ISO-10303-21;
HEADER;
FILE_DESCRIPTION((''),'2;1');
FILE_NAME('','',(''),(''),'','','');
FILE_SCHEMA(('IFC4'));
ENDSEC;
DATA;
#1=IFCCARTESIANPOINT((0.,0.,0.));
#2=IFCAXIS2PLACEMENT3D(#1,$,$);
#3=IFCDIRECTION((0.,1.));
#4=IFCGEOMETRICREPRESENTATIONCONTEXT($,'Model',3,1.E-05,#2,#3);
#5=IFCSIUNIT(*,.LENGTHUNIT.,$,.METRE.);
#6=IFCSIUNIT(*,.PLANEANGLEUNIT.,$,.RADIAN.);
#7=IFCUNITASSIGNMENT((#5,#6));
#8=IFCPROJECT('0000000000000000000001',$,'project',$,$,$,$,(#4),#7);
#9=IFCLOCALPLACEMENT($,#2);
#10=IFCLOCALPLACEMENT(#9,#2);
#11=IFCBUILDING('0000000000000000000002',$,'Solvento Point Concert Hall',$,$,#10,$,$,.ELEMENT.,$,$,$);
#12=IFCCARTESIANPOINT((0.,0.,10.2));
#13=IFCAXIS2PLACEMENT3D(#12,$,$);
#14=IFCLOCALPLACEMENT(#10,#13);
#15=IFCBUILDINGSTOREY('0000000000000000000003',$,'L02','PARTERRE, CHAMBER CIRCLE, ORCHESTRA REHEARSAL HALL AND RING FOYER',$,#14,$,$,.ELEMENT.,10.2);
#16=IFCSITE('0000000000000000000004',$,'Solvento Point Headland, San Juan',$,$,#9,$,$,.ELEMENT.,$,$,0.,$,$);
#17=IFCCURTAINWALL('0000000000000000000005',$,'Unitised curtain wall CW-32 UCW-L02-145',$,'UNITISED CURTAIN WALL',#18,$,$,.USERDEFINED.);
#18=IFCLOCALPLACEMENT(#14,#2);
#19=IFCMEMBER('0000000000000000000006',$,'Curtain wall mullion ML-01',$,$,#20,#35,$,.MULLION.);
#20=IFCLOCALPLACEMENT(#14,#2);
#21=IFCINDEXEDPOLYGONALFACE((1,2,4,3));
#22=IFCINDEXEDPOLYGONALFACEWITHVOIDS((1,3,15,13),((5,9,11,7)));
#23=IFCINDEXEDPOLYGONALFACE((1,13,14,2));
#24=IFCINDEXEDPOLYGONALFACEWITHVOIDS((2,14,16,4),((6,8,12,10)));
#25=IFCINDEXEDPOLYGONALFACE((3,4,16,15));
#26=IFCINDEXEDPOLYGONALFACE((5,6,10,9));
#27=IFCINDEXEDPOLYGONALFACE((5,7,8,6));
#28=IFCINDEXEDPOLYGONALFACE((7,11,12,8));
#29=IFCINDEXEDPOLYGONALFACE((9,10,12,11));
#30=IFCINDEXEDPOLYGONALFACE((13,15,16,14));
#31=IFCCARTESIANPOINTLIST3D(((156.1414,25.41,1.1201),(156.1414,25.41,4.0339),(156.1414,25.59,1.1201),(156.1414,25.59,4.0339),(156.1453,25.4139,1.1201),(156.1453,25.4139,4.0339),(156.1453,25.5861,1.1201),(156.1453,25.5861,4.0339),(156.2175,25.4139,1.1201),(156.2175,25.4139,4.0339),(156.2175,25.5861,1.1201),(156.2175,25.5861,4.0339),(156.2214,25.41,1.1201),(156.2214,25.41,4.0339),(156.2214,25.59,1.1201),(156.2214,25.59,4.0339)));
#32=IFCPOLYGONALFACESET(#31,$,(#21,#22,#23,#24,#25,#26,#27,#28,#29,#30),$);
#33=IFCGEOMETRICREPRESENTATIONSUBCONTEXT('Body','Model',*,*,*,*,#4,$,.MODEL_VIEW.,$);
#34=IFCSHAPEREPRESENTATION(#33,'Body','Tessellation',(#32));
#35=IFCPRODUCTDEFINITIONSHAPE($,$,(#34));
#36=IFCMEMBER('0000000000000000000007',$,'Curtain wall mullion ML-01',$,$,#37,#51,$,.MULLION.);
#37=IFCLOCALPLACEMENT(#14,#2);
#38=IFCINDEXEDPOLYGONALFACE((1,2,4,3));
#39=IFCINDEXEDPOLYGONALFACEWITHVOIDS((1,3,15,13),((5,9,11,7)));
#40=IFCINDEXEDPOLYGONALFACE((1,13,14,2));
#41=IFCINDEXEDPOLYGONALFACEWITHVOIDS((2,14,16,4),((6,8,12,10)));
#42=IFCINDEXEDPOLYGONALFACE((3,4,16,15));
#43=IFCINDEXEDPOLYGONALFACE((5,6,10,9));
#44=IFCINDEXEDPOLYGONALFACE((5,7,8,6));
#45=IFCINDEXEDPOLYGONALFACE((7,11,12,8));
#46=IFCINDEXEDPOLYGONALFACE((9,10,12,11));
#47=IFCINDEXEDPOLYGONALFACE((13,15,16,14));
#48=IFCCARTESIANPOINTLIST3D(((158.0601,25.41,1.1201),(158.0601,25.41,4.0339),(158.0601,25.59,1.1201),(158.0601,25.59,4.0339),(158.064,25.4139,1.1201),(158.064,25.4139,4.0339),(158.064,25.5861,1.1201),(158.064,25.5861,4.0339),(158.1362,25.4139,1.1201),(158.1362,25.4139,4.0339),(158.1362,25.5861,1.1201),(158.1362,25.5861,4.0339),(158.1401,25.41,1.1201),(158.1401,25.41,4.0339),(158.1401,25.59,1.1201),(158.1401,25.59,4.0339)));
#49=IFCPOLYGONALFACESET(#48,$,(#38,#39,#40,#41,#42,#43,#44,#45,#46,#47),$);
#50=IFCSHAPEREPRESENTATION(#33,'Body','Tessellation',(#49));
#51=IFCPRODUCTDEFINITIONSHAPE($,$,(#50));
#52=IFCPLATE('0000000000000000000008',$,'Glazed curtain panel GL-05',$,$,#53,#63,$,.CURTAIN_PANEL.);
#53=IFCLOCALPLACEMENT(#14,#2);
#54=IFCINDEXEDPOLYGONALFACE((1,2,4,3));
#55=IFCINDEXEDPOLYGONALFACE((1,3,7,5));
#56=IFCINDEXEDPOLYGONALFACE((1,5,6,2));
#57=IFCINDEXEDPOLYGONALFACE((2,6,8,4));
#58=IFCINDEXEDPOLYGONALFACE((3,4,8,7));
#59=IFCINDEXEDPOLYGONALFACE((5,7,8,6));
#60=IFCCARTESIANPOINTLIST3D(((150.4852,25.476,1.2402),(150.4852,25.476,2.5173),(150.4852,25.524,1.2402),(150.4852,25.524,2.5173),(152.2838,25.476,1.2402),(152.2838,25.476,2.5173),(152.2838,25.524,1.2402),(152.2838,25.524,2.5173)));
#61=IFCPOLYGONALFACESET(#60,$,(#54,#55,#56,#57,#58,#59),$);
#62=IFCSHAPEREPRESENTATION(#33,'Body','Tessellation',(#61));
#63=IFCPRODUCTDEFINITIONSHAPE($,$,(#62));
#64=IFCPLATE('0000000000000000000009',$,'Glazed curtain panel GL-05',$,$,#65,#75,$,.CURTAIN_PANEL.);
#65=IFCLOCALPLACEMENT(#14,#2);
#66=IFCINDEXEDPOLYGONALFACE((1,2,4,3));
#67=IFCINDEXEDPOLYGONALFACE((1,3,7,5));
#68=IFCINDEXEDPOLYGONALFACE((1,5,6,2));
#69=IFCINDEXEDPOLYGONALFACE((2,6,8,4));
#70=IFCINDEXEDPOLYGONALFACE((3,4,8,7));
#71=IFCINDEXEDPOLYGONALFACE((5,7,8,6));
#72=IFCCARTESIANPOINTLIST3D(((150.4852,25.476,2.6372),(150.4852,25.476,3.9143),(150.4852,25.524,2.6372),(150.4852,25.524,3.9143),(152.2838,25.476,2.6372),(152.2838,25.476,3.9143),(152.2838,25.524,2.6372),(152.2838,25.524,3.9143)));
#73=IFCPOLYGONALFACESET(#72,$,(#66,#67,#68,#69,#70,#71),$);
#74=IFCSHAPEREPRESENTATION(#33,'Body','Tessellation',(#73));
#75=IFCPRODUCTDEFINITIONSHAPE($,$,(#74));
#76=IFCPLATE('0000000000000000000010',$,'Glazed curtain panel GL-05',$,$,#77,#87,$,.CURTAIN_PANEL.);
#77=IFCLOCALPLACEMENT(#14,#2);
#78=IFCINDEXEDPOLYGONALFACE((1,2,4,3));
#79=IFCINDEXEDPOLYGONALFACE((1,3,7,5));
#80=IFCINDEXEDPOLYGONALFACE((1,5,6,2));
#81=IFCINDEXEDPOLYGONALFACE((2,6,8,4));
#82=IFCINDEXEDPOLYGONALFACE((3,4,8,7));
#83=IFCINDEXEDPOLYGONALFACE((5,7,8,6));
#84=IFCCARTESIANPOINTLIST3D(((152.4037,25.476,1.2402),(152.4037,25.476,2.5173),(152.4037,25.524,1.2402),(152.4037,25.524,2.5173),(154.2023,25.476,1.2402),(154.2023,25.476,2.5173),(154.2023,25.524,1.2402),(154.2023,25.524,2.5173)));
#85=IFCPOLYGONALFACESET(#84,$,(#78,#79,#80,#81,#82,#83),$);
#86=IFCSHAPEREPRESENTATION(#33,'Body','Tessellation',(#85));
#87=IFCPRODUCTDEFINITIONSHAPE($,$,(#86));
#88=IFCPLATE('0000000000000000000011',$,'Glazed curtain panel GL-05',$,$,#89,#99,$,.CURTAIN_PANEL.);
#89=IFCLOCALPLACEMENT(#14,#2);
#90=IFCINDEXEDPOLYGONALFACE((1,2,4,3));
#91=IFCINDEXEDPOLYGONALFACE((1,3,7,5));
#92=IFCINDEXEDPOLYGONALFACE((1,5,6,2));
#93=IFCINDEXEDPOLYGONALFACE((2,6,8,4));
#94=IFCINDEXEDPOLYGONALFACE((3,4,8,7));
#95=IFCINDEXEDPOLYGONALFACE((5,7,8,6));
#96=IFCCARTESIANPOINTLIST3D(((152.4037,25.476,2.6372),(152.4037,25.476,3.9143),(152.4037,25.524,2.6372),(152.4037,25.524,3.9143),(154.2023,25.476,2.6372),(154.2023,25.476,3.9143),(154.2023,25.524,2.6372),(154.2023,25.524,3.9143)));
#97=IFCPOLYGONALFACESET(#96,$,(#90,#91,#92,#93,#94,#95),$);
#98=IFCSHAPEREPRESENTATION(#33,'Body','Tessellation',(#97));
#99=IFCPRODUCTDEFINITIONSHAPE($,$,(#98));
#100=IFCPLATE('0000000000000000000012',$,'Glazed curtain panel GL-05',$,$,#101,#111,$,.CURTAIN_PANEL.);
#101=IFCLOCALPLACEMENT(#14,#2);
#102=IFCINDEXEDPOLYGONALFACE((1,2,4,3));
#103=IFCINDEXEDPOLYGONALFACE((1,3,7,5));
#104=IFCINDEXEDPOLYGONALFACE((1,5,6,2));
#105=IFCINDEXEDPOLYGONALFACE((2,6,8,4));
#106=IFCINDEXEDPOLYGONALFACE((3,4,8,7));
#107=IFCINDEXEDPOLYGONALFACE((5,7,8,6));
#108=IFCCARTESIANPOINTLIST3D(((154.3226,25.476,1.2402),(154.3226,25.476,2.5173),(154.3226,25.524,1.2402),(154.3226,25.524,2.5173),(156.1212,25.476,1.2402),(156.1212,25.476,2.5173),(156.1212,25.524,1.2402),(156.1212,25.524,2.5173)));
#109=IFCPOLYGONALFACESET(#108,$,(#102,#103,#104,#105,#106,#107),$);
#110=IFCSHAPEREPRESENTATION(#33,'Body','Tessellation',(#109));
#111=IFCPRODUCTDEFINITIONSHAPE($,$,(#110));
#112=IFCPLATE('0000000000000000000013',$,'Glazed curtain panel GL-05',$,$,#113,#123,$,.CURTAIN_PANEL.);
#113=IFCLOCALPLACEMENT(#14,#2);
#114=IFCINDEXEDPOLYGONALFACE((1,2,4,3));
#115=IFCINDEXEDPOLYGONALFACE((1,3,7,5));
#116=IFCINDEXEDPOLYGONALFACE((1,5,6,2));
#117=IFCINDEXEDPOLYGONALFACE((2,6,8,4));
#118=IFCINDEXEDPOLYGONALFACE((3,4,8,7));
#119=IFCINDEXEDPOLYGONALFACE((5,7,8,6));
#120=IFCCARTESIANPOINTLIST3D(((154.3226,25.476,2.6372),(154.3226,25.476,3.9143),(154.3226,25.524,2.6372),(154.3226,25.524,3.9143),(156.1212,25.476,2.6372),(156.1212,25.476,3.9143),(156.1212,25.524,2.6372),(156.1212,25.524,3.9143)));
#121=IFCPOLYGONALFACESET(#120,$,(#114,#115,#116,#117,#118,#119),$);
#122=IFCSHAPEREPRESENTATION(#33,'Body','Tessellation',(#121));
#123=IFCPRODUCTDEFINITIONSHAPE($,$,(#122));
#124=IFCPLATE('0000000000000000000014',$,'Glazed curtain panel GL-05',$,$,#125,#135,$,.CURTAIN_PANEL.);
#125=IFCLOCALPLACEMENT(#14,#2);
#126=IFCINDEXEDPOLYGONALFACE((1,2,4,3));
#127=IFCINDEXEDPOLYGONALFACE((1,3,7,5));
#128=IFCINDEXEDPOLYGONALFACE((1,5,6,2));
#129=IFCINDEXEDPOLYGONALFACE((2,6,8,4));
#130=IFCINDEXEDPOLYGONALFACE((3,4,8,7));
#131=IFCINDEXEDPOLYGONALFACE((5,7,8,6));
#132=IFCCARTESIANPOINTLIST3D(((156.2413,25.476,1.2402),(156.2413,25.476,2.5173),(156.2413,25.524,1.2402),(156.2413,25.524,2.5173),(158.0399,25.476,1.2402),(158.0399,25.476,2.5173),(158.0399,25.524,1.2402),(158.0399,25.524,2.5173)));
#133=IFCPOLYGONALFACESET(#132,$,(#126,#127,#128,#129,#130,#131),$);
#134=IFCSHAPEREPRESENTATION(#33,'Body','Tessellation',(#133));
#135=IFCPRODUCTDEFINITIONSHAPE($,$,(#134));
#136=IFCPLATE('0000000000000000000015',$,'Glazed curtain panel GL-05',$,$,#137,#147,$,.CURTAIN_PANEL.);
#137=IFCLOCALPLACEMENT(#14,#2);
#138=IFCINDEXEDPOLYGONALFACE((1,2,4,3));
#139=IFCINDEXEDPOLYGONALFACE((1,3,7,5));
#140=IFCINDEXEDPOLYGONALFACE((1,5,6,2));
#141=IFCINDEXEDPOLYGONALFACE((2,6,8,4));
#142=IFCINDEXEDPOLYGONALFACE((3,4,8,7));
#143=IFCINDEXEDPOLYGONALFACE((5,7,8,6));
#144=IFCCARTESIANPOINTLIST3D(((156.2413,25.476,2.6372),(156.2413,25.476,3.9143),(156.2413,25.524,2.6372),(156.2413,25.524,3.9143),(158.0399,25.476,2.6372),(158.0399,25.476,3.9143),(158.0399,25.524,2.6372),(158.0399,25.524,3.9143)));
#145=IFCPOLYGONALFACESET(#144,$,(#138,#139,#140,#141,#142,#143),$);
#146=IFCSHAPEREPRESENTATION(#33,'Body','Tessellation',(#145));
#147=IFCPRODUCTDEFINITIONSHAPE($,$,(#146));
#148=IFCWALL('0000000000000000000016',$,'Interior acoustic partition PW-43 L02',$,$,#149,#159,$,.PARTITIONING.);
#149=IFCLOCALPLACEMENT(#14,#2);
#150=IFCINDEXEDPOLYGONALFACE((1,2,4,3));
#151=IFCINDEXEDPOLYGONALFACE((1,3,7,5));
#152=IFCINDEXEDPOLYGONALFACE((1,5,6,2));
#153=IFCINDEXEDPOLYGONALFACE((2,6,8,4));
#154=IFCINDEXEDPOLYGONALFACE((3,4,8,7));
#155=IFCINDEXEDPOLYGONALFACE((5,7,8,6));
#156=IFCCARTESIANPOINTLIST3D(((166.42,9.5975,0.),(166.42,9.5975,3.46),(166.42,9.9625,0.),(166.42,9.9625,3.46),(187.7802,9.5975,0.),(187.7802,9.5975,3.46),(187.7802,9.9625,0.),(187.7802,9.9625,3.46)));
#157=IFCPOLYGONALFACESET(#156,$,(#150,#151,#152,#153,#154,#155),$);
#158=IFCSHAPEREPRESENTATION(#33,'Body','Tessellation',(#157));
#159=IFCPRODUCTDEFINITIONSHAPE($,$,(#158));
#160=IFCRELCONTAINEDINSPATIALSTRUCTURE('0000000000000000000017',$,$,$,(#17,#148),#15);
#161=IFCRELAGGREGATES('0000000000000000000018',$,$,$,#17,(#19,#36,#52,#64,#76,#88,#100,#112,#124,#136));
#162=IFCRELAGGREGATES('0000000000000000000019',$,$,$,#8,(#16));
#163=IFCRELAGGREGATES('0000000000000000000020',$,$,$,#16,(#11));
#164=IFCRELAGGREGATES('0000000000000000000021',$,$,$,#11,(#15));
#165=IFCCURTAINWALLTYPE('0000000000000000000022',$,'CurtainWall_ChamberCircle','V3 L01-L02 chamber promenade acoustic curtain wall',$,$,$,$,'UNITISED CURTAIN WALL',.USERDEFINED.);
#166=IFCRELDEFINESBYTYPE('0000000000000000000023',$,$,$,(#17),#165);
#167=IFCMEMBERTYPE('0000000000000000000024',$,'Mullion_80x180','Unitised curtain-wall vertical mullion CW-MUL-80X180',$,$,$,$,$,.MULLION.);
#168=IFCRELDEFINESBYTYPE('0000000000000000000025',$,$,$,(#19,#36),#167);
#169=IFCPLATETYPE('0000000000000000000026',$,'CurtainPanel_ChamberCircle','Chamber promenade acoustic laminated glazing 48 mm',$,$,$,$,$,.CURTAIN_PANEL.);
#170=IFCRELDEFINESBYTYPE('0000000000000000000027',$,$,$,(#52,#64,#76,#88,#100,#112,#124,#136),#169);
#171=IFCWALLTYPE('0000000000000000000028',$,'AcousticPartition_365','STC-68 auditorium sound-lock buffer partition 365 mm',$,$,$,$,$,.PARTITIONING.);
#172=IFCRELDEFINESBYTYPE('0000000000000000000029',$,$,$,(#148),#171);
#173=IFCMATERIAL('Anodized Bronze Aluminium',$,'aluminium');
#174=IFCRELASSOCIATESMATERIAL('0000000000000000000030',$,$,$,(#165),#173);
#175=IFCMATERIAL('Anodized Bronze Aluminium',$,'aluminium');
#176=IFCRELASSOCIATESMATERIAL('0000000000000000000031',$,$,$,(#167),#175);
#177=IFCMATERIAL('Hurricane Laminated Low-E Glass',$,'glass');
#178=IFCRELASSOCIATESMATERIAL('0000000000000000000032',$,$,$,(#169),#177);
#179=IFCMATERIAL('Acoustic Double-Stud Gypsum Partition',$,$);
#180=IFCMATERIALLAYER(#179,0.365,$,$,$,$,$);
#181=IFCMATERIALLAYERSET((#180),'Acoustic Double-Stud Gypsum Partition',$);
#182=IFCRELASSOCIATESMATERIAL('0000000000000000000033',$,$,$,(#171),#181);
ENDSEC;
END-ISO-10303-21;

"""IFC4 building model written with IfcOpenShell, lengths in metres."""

from ifc_helpers import new_model, si_unit, direction, frame, frame_2d, origin, origin_2d, place, context, subcontext, project, spatial, rectangle, hollow_rectangle, extrude, material, layer, layer_set, material_profile, profile_set, type_object, element, aggregate, save


model = new_model("IFC4")

# Units and contexts
model_context = context("Model", 3, precision=1e-05, world=origin(), true_north=direction((0.0, 1.0)))
body_context = subcontext(model_context, "Body", "Model", "MODEL_VIEW")
ifc_project = project(units=[si_unit("LENGTHUNIT", "METRE"), si_unit("PLANEANGLEUNIT", "RADIAN")], contexts=[model_context])

# Site, building, storey
site_placement = place(None, origin())
site = spatial("IfcSite", under=ifc_project, at=site_placement, Name="Solvento Point Headland, San Juan", CompositionType="ELEMENT", RefElevation=0.0)
building_placement = place(site_placement, origin())
building = spatial("IfcBuilding", under=site, at=building_placement, Name="Solvento Point Concert Hall", CompositionType="ELEMENT")
storey_placement = place(building_placement, frame((0.0, 0.0, 10.2)))
storey = spatial("IfcBuildingStorey", under=building, at=storey_placement, Name="L02", Description="PARTERRE, CHAMBER CIRCLE, ORCHESTRA REHEARSAL HALL AND RING FOYER", CompositionType="ELEMENT", Elevation=10.2)

# Curtain wall, members, plates
ifc_material_1 = material(Name="Anodized Bronze Aluminium", Category="aluminium")
curtain_wall_type = type_object("IfcCurtainWallType", Name="CurtainWall_ChamberCircle", Description="V3 L01-L02 chamber promenade acoustic curtain wall", ElementType="UNITISED CURTAIN WALL", PredefinedType="USERDEFINED", material=ifc_material_1)
curtain_wall_placement = place(storey_placement, origin())
curtain_wall = element("IfcCurtainWall", 1, at=curtain_wall_placement, inside=storey, type_object=curtain_wall_type, Name="Unitised curtain wall CW-32 UCW-L02-145", ObjectType="UNITISED CURTAIN WALL", PredefinedType="USERDEFINED")
ifc_material_2 = material(Name="Anodized Bronze Aluminium", Category="aluminium")
ifc_material_profile_1 = material_profile(ifc_material_2, hollow_rectangle(XDim=0.0801, YDim=0.1799, WallThickness=0.0039, at=origin_2d()), Name="CW-MUL-80X180")
ifc_profile_set_1 = profile_set([ifc_material_profile_1], Name="Anodized Bronze Aluminium")
member_type = type_object("IfcMemberType", Name="Mullion_80x180", Description="Unitised curtain-wall vertical mullion CW-MUL-80X180", PredefinedType="MULLION", material=ifc_profile_set_1)
member_1_placement = place(storey_placement, frame((156.1814, 25.5, 1.1201), z_axis=(0.0, 0.0, 1.0), x_axis=(1.0, 0.0, 0.0)))
member_1 = element("IfcMember", 2, at=member_1_placement, type_object=member_type, Name="Curtain wall mullion ML-01", PredefinedType="MULLION", context=body_context, shape_type="SweptSolid", body=[
    extrude(hollow_rectangle(XDim=0.0801, YDim=0.1799, WallThickness=0.0039, at=origin_2d()), origin(), (0.0, 0.0, 1.0), 2.9138),
])
member_2_placement = place(storey_placement, frame((158.1001, 25.5, 1.1201), z_axis=(0.0, 0.0, 1.0), x_axis=(1.0, 0.0, 0.0)))
member_2 = element("IfcMember", 3, at=member_2_placement, type_object=member_type, Name="Curtain wall mullion ML-01", PredefinedType="MULLION", context=body_context, shape_type="SweptSolid", body=[
    extrude(hollow_rectangle(XDim=0.0801, YDim=0.1799, WallThickness=0.0039, at=origin_2d()), origin(), (0.0, 0.0, 1.0), 2.9138),
])
ifc_material_3 = material(Name="Hurricane Laminated Low-E Glass", Category="glass")
plate_type = type_object("IfcPlateType", Name="CurtainPanel_ChamberCircle", Description="Chamber promenade acoustic laminated glazing 48 mm", PredefinedType="CURTAIN_PANEL", material=ifc_material_3)
plate_1_placement = place(storey_placement, frame((151.3845, 25.5, 1.2402), z_axis=(0.0, 0.0, 1.0), x_axis=(1.0, 0.0, 0.0)))
plate_1 = element("IfcPlate", 4, at=plate_1_placement, type_object=plate_type, Name="Glazed curtain panel GL-05", PredefinedType="CURTAIN_PANEL", context=body_context, shape_type="SweptSolid", body=[
    extrude(rectangle(XDim=1.7986, YDim=0.0481, at=origin_2d()), origin(), (0.0, 0.0, 1.0), 1.2771),
])
plate_2_placement = place(storey_placement, frame((151.3845, 25.5, 2.6372), z_axis=(0.0, 0.0, 1.0), x_axis=(1.0, 0.0, 0.0)))
plate_2 = element("IfcPlate", 5, at=plate_2_placement, type_object=plate_type, Name="Glazed curtain panel GL-05", PredefinedType="CURTAIN_PANEL", context=body_context, shape_type="SweptSolid", body=[
    extrude(rectangle(XDim=1.7986, YDim=0.0481, at=origin_2d()), origin(), (0.0, 0.0, 1.0), 1.2771),
])
plate_3_placement = place(storey_placement, frame((153.303, 25.5, 1.2402), z_axis=(0.0, 0.0, 1.0), x_axis=(1.0, 0.0, 0.0)))
plate_3 = element("IfcPlate", 6, at=plate_3_placement, type_object=plate_type, Name="Glazed curtain panel GL-05", PredefinedType="CURTAIN_PANEL", context=body_context, shape_type="SweptSolid", body=[
    extrude(rectangle(XDim=1.7986, YDim=0.0481, at=origin_2d()), origin(), (0.0, 0.0, 1.0), 1.2771),
])
plate_4_placement = place(storey_placement, frame((153.303, 25.5, 2.6372), z_axis=(0.0, 0.0, 1.0), x_axis=(1.0, 0.0, 0.0)))
plate_4 = element("IfcPlate", 7, at=plate_4_placement, type_object=plate_type, Name="Glazed curtain panel GL-05", PredefinedType="CURTAIN_PANEL", context=body_context, shape_type="SweptSolid", body=[
    extrude(rectangle(XDim=1.7986, YDim=0.0481, at=origin_2d()), origin(), (0.0, 0.0, 1.0), 1.2771),
])
plate_5_placement = place(storey_placement, frame((155.2219, 25.5, 1.2402), z_axis=(0.0, 0.0, 1.0), x_axis=(1.0, 0.0, 0.0)))
plate_5 = element("IfcPlate", 8, at=plate_5_placement, type_object=plate_type, Name="Glazed curtain panel GL-05", PredefinedType="CURTAIN_PANEL", context=body_context, shape_type="SweptSolid", body=[
    extrude(rectangle(XDim=1.7986, YDim=0.0481, at=origin_2d()), origin(), (0.0, 0.0, 1.0), 1.2771),
])
plate_6_placement = place(storey_placement, frame((155.2219, 25.5, 2.6372), z_axis=(0.0, 0.0, 1.0), x_axis=(1.0, 0.0, 0.0)))
plate_6 = element("IfcPlate", 9, at=plate_6_placement, type_object=plate_type, Name="Glazed curtain panel GL-05", PredefinedType="CURTAIN_PANEL", context=body_context, shape_type="SweptSolid", body=[
    extrude(rectangle(XDim=1.7986, YDim=0.0481, at=origin_2d()), origin(), (0.0, 0.0, 1.0), 1.2771),
])
plate_7_placement = place(storey_placement, frame((157.1406, 25.5, 1.2402), z_axis=(0.0, 0.0, 1.0), x_axis=(1.0, 0.0, 0.0)))
plate_7 = element("IfcPlate", 10, at=plate_7_placement, type_object=plate_type, Name="Glazed curtain panel GL-05", PredefinedType="CURTAIN_PANEL", context=body_context, shape_type="SweptSolid", body=[
    extrude(rectangle(XDim=1.7986, YDim=0.0481, at=origin_2d()), origin(), (0.0, 0.0, 1.0), 1.2771),
])
plate_8_placement = place(storey_placement, frame((157.1406, 25.5, 2.6372), z_axis=(0.0, 0.0, 1.0), x_axis=(1.0, 0.0, 0.0)))
plate_8 = element("IfcPlate", 11, at=plate_8_placement, type_object=plate_type, Name="Glazed curtain panel GL-05", PredefinedType="CURTAIN_PANEL", context=body_context, shape_type="SweptSolid", body=[
    extrude(rectangle(XDim=1.7986, YDim=0.0481, at=origin_2d()), origin(), (0.0, 0.0, 1.0), 1.2771),
])
aggregate(curtain_wall, [member_1, member_2, plate_1, plate_2, plate_3, plate_4, plate_5, plate_6, plate_7, plate_8])

# Wall
ifc_material_4 = material(Name="Acoustic Double-Stud Gypsum Partition")
ifc_layer = layer(ifc_material_4, 0.365)
ifc_layer_set = layer_set([ifc_layer], Name="Acoustic Double-Stud Gypsum Partition")
wall_type = type_object("IfcWallType", Name="AcousticPartition_365", Description="STC-68 auditorium sound-lock buffer partition 365 mm", PredefinedType="PARTITIONING", material=ifc_layer_set)
wall_placement = place(storey_placement, frame((166.4199, 9.78, 0.0), z_axis=(0.0, 0.0, 1.0), x_axis=(1.0, 0.0, 0.0)))
element("IfcWall", 12, at=wall_placement, inside=storey, type_object=wall_type, Name="Interior acoustic partition PW-43 L02", PredefinedType="PARTITIONING", context=body_context, shape_type="SweptSolid", body=[
    extrude(rectangle(XDim=21.3601, YDim=0.365, at=frame_2d((10.6802, 0.0))), origin(), (0.0, 0.0, 1.0), 3.46),
])

save(model, "model.ifc")
